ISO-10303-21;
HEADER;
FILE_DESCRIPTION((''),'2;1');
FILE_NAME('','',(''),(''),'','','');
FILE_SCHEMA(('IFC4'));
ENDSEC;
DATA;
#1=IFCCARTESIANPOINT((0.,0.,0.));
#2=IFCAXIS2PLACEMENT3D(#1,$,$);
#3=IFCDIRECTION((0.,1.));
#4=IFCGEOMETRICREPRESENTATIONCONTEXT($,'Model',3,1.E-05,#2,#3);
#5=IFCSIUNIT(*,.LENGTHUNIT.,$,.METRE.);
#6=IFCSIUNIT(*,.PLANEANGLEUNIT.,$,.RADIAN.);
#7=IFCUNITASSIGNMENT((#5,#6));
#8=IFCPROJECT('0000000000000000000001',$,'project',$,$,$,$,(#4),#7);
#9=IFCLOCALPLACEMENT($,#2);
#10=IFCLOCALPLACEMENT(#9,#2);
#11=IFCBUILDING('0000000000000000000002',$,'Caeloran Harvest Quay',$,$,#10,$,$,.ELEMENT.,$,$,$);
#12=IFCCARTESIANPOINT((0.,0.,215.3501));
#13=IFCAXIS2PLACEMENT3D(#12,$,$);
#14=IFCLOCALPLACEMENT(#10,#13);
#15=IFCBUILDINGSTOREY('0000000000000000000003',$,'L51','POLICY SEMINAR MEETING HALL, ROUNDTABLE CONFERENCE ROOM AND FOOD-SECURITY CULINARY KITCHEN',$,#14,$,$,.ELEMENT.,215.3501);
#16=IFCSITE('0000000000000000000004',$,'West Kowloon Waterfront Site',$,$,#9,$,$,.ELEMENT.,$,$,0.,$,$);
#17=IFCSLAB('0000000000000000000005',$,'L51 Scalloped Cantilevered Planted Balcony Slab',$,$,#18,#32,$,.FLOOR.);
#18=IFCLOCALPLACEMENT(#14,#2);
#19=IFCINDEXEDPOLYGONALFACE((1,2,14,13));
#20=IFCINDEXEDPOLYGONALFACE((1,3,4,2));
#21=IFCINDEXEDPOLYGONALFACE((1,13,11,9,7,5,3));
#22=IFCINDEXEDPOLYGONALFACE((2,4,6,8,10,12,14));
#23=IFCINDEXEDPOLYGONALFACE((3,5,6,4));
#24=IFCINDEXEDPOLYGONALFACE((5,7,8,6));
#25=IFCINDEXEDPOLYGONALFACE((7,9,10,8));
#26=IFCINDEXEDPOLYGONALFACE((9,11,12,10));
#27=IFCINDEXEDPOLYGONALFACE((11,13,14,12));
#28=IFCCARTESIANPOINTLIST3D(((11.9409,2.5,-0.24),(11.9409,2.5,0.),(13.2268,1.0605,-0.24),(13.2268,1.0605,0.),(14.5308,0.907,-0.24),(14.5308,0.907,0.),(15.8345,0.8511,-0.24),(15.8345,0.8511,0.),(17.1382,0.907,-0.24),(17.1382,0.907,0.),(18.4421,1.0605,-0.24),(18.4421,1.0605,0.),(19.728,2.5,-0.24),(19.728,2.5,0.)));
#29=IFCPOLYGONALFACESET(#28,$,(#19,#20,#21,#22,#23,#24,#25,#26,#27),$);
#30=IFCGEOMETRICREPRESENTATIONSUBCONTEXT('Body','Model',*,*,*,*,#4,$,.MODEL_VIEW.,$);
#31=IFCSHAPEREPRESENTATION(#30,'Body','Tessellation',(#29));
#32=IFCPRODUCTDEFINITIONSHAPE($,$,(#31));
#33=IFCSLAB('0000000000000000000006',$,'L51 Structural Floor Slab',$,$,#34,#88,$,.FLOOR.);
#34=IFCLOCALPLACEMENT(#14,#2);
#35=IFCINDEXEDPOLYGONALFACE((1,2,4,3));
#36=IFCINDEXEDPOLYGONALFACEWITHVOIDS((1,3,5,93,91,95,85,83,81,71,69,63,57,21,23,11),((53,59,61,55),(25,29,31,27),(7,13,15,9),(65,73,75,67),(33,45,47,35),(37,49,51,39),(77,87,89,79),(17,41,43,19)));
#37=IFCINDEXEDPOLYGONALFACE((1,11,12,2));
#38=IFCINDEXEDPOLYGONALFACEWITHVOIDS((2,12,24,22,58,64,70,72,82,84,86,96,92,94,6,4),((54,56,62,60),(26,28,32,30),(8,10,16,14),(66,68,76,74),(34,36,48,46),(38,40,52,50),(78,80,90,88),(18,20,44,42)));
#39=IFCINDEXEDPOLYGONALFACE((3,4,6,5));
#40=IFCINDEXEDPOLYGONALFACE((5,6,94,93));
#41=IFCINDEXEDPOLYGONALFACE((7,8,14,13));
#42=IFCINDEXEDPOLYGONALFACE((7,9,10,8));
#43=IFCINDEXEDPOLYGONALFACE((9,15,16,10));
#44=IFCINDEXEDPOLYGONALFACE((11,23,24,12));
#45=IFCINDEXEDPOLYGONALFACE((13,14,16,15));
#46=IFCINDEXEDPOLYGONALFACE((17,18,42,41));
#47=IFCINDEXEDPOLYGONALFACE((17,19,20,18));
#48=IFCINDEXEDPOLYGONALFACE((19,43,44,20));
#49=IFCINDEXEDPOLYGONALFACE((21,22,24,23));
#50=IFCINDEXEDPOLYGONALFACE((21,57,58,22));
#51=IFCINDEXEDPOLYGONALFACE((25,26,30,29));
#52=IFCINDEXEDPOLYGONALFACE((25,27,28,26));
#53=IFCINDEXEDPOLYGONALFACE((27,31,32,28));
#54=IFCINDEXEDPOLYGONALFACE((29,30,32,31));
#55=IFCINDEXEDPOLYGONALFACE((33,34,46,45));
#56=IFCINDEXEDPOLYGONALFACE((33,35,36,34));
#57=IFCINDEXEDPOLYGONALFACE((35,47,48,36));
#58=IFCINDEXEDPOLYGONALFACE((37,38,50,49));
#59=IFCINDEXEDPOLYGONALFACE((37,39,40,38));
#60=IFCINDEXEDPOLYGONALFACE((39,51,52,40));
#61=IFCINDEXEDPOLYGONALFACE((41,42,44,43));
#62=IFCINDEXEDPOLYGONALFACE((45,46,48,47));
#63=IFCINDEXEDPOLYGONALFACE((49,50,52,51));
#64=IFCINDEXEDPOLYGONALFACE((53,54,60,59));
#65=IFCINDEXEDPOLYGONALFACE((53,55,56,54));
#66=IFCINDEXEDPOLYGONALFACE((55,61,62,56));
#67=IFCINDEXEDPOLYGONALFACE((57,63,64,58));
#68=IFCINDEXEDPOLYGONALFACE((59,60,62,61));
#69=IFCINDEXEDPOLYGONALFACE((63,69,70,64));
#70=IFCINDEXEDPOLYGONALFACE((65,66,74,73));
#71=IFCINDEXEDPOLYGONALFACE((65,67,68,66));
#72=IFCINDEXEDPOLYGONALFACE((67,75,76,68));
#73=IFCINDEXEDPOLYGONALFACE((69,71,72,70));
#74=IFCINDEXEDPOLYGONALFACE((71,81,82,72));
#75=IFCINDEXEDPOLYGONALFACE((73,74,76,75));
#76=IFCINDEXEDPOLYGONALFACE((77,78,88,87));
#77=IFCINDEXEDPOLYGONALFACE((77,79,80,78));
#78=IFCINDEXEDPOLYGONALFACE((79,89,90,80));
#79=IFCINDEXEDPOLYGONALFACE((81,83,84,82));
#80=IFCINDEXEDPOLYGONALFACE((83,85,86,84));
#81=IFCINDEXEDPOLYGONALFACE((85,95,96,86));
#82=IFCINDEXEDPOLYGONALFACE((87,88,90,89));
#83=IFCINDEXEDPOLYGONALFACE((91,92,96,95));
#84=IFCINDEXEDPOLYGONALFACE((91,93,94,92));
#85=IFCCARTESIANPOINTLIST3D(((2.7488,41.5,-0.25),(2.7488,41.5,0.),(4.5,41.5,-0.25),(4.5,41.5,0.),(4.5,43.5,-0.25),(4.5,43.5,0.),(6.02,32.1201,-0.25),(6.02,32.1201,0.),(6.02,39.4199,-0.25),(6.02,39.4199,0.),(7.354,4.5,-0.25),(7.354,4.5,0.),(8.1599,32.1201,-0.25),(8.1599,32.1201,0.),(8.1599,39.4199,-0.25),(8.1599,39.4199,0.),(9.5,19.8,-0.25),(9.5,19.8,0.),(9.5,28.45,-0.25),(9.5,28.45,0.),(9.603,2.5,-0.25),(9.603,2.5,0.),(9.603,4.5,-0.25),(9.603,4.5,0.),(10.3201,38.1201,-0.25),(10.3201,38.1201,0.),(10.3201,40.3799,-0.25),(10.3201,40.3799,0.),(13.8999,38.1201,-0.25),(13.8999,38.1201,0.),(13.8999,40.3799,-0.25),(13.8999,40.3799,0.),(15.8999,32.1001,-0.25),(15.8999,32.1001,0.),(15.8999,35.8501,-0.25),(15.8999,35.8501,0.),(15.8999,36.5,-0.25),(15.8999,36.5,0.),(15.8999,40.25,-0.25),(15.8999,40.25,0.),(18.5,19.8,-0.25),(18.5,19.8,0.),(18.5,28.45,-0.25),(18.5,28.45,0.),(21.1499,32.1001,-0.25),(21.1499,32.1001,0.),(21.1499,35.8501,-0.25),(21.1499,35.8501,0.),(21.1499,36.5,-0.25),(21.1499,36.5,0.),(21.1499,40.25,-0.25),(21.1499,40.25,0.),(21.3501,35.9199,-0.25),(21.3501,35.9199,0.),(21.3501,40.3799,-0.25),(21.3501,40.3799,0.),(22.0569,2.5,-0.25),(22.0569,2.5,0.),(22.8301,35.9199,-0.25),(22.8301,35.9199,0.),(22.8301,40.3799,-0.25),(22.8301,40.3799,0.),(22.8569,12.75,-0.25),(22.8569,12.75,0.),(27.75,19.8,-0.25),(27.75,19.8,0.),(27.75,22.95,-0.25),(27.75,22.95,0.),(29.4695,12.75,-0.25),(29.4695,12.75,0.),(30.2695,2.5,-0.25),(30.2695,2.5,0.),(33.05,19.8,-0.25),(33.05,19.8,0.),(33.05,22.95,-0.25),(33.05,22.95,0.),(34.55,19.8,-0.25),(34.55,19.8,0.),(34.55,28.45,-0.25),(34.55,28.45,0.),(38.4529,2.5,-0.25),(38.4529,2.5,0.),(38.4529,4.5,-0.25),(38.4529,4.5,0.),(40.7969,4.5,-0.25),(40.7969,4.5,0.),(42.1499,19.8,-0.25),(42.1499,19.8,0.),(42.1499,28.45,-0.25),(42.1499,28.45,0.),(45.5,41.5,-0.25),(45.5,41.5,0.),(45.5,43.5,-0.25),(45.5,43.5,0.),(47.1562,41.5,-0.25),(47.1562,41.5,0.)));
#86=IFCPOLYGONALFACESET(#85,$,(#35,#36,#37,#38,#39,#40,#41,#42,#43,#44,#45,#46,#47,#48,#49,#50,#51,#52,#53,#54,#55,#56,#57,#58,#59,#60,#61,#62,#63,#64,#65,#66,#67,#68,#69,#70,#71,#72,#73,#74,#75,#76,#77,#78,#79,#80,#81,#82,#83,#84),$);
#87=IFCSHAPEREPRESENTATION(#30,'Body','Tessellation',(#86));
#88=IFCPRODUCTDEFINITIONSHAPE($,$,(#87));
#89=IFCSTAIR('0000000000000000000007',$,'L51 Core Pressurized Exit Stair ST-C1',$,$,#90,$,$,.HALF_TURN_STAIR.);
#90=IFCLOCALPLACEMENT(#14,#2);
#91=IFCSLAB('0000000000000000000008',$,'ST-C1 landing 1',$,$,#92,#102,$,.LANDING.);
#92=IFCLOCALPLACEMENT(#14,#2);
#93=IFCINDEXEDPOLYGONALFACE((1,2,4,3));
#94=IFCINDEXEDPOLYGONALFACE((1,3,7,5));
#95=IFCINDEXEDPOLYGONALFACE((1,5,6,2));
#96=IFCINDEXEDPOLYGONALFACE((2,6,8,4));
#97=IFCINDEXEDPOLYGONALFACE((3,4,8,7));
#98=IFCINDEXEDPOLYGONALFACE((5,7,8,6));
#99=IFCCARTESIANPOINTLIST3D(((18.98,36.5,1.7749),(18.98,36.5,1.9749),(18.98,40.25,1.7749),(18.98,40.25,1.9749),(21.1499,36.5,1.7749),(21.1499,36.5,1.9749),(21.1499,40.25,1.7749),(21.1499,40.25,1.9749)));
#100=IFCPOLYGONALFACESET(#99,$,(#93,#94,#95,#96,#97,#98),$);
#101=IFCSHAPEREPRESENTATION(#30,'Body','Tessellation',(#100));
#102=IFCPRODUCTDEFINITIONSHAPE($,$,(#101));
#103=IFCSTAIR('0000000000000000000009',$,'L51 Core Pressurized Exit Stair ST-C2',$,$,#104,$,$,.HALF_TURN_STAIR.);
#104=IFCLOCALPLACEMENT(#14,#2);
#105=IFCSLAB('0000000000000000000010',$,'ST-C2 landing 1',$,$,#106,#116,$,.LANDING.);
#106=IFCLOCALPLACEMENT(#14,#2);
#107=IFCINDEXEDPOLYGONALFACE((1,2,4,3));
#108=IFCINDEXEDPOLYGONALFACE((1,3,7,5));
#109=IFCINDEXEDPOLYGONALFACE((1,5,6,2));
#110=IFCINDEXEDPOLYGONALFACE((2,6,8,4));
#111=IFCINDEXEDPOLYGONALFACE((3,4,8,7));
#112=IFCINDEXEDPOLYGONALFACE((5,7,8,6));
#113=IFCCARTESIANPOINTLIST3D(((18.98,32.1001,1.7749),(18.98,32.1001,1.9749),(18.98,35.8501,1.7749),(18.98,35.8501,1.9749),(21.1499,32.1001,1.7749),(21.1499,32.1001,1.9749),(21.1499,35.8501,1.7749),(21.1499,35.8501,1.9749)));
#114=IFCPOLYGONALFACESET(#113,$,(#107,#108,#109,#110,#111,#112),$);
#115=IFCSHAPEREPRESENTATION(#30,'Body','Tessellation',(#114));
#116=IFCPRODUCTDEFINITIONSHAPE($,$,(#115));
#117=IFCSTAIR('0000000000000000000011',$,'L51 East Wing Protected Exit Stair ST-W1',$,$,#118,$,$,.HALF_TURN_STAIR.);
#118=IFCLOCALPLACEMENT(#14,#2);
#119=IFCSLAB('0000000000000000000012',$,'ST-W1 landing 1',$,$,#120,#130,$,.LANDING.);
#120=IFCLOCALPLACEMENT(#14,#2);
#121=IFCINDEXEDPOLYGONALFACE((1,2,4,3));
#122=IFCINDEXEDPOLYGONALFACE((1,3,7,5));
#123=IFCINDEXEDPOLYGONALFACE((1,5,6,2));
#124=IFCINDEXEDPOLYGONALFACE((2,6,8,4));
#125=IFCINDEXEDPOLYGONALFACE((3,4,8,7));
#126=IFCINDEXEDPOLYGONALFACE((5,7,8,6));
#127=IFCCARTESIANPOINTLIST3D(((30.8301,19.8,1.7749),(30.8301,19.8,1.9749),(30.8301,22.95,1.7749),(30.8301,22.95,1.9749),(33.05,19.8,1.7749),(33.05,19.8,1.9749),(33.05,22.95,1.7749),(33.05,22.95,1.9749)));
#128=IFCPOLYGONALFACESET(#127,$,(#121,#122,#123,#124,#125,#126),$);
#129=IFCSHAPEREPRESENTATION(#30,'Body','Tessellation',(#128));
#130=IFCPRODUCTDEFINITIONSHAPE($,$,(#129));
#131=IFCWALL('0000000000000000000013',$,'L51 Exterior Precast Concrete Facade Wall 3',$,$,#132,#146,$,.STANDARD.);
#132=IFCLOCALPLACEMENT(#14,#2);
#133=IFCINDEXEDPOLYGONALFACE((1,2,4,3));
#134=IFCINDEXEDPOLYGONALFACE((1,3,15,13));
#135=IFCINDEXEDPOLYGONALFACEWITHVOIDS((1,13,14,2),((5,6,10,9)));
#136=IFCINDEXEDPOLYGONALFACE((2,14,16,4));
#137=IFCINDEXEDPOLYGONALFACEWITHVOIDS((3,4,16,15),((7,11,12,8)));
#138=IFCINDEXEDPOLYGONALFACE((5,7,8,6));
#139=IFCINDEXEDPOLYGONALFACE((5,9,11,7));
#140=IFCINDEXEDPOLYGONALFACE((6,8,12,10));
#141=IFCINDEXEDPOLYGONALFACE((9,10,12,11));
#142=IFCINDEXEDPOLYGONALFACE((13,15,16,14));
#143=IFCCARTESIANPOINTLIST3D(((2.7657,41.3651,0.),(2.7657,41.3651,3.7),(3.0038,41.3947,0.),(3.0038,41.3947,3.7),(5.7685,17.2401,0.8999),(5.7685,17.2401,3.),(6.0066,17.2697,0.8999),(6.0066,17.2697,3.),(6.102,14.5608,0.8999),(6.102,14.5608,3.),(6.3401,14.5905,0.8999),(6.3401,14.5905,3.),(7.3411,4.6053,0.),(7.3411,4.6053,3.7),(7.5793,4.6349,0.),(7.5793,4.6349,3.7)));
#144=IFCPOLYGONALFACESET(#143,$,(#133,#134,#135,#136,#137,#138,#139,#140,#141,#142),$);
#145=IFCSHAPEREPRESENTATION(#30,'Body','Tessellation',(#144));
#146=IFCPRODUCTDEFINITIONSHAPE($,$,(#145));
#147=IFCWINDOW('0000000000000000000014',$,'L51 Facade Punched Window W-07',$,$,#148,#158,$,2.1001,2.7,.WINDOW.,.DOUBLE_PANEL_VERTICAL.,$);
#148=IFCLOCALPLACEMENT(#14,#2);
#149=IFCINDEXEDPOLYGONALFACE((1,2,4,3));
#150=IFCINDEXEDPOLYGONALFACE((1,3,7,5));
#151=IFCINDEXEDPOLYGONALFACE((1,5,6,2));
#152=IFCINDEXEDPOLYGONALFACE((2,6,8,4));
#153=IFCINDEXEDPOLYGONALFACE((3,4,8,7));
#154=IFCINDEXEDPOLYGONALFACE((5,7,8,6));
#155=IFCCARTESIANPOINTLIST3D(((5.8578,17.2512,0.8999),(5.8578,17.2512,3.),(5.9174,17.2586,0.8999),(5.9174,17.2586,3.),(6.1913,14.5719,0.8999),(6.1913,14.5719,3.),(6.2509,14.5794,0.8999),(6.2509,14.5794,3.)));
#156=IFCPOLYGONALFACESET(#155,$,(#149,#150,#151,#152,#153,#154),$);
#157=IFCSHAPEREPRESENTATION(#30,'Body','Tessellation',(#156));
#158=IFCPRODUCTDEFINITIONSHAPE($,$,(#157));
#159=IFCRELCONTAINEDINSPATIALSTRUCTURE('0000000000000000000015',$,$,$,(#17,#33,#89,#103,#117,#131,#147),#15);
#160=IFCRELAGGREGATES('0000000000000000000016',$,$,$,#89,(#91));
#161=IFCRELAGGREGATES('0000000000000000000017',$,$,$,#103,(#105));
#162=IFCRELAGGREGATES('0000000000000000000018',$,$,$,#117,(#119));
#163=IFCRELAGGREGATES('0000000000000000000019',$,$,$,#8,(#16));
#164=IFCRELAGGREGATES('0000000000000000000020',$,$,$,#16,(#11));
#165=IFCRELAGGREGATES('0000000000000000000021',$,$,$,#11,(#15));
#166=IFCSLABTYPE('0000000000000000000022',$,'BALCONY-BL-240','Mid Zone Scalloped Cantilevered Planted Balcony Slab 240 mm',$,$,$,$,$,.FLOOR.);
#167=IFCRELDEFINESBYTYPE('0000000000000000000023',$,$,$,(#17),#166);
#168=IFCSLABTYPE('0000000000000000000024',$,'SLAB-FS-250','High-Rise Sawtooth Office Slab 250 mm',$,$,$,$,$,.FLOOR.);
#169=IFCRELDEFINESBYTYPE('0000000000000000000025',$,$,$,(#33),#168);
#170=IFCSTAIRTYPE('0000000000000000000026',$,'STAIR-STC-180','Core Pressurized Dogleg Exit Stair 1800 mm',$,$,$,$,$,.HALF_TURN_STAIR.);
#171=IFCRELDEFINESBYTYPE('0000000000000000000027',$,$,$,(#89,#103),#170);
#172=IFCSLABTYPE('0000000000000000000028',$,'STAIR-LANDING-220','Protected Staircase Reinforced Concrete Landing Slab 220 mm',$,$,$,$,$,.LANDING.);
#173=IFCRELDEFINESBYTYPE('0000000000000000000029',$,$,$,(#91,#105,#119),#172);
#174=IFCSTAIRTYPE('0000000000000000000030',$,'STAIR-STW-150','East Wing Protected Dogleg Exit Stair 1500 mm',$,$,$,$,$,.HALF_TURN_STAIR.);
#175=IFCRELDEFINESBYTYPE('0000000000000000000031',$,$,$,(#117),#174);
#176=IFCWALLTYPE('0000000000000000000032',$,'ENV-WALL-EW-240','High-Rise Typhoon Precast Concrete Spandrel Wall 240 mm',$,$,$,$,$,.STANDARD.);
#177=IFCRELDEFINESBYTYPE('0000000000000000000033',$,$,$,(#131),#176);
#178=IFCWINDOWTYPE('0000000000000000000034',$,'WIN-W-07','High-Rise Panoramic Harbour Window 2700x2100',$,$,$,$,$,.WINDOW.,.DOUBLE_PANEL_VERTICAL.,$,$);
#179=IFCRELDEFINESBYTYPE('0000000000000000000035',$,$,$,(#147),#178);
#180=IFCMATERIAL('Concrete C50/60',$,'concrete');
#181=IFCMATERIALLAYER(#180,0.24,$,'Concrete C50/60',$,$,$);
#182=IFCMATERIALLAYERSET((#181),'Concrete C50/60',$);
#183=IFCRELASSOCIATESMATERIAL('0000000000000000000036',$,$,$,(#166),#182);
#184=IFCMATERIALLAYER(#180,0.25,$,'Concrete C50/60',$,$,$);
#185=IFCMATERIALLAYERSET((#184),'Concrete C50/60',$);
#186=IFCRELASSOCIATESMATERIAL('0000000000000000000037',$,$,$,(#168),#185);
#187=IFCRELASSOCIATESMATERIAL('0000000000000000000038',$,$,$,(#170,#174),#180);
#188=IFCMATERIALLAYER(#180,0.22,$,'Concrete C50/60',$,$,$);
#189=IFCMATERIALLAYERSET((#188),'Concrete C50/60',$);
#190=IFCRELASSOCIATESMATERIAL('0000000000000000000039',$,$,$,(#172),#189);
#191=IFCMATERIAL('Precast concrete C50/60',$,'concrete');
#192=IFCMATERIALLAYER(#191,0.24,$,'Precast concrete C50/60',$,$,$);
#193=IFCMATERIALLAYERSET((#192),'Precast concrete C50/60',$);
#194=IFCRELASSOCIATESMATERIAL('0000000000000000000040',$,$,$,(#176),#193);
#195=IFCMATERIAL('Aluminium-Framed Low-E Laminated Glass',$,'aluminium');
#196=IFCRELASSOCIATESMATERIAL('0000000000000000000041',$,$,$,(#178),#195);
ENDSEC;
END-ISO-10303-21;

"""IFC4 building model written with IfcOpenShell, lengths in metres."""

from ifc_helpers import new_model, si_unit, direction, frame, frame_2d, origin, place, context, subcontext, project, spatial, polyline, rectangle, outline, extrude, material, layer, layer_set, type_object, element, fill, aggregate, save


model = new_model("IFC4")

# Units and contexts
model_context = context("Model", 3, precision=1e-05, world=origin(), true_north=direction((0.0, 1.0)))
body_context = subcontext(model_context, "Body", "Model", "MODEL_VIEW")
ifc_project = project(units=[si_unit("LENGTHUNIT", "METRE"), si_unit("PLANEANGLEUNIT", "RADIAN")], contexts=[model_context])

# Site, building, storey
site_placement = place(None, origin())
site = spatial("IfcSite", under=ifc_project, at=site_placement, Name="West Kowloon Waterfront Site", CompositionType="ELEMENT", RefElevation=0.0)
building_placement = place(site_placement, origin())
building = spatial("IfcBuilding", under=site, at=building_placement, Name="Caeloran Harvest Quay", CompositionType="ELEMENT")
storey_placement = place(building_placement, frame((0.0, 0.0, 215.3501)))
storey = spatial("IfcBuildingStorey", under=building, at=storey_placement, Name="L51", Description="POLICY SEMINAR MEETING HALL, ROUNDTABLE CONFERENCE ROOM AND FOOD-SECURITY CULINARY KITCHEN", CompositionType="ELEMENT", Elevation=215.3501)

# Slabs
ifc_material_1 = material(Name="Concrete C50/60", Category="concrete")
ifc_layer_1 = layer(ifc_material_1, 0.24, Name="Concrete C50/60")
ifc_layer_set_1 = layer_set([ifc_layer_1], Name="Concrete C50/60")
slab_type_1 = type_object("IfcSlabType", Name="BALCONY-BL-240", Description="Mid Zone Scalloped Cantilevered Planted Balcony Slab 240 mm", PredefinedType="FLOOR", material=ifc_layer_set_1)
slab_1_placement = place(storey_placement, frame((0.0, 0.0, -0.24)))
element("IfcSlab", 1, at=slab_1_placement, inside=storey, type_object=slab_type_1, Name="L51 Scalloped Cantilevered Planted Balcony Slab", PredefinedType="FLOOR", context=body_context, shape_type="SweptSolid", body=[
    extrude(outline(polyline([(18.4421, 1.0605), (17.1382, 0.907), (15.8345, 0.8511), (14.5308, 0.907), (13.2268, 1.0605), (11.9409, 2.5), (19.728, 2.5), (18.4421, 1.0605)])), origin(), (0.0, 0.0, 1.0), 0.24),
])
ifc_layer_2 = layer(ifc_material_1, 0.25, Name="Concrete C50/60")
ifc_layer_set_2 = layer_set([ifc_layer_2], Name="Concrete C50/60")
slab_type_2 = type_object("IfcSlabType", Name="SLAB-FS-250", Description="High-Rise Sawtooth Office Slab 250 mm", PredefinedType="FLOOR", material=ifc_layer_set_2)
slab_2_placement = place(storey_placement, frame((0.0, 0.0, -0.25)))
element("IfcSlab", 2, at=slab_2_placement, inside=storey, type_object=slab_type_2, Name="L51 Structural Floor Slab", PredefinedType="FLOOR", context=body_context, shape_type="SweptSolid", body=[
    extrude(outline(polyline([(9.603, 2.5), (22.0569, 2.5), (22.8569, 12.75), (29.4695, 12.75), (30.2695, 2.5), (38.4529, 2.5), (38.4529, 4.5), (40.7969, 4.5), (47.1562, 41.5), (45.5, 41.5), (45.5, 43.5), (4.5, 43.5), (4.5, 41.5), (2.7488, 41.5), (7.354, 4.5), (9.603, 4.5), (9.603, 2.5)]), holes=[polyline([(27.75, 19.8), (27.75, 22.95), (33.05, 22.95), (33.05, 19.8), (27.75, 19.8)]), polyline([(18.5, 19.8), (9.5, 19.8), (9.5, 28.45), (18.5, 28.45), (18.5, 19.8)]), polyline([(42.1499, 19.8), (34.55, 19.8), (34.55, 28.45), (42.1499, 28.45), (42.1499, 19.8)]), polyline([(15.8999, 32.1001), (15.8999, 35.8501), (21.1499, 35.8501), (21.1499, 32.1001), (15.8999, 32.1001)]), polyline([(8.1599, 32.1201), (6.02, 32.1201), (6.02, 39.4199), (8.1599, 39.4199), (8.1599, 32.1201)]), polyline([(22.8301, 35.9199), (21.3501, 35.9199), (21.3501, 40.3799), (22.8301, 40.3799), (22.8301, 35.9199)]), polyline([(15.8999, 36.5), (15.8999, 40.25), (21.1499, 40.25), (21.1499, 36.5), (15.8999, 36.5)]), polyline([(13.8999, 38.1201), (10.3201, 38.1201), (10.3201, 40.3799), (13.8999, 40.3799), (13.8999, 38.1201)])]), origin(), (0.0, 0.0, 1.0), 0.25),
])

# Stairs, slabs
stair_type_1 = type_object("IfcStairType", Name="STAIR-STC-180", Description="Core Pressurized Dogleg Exit Stair 1800 mm", PredefinedType="HALF_TURN_STAIR", material=ifc_material_1)
stair_1_placement = place(storey_placement, origin())
stair_1 = element("IfcStair", 3, at=stair_1_placement, inside=storey, type_object=stair_type_1, Name="L51 Core Pressurized Exit Stair ST-C1", PredefinedType="HALF_TURN_STAIR")
ifc_layer_3 = layer(ifc_material_1, 0.22, Name="Concrete C50/60")
ifc_layer_set_3 = layer_set([ifc_layer_3], Name="Concrete C50/60")
slab_type_3 = type_object("IfcSlabType", Name="STAIR-LANDING-220", Description="Protected Staircase Reinforced Concrete Landing Slab 220 mm", PredefinedType="LANDING", material=ifc_layer_set_3)
slab_3_placement = place(storey_placement, frame((0.0, 0.0, 1.7749)))
slab_3 = element("IfcSlab", 4, at=slab_3_placement, type_object=slab_type_3, Name="ST-C1 landing 1", PredefinedType="LANDING", context=body_context, shape_type="SweptSolid", body=[
    extrude(outline(polyline([(18.98, 36.5), (21.1499, 36.5), (21.1499, 40.25), (18.98, 40.25), (18.98, 36.5)])), origin(), (0.0, 0.0, 1.0), 0.2),
])
aggregate(stair_1, [slab_3])
stair_2_placement = place(storey_placement, origin())
stair_2 = element("IfcStair", 5, at=stair_2_placement, inside=storey, type_object=stair_type_1, Name="L51 Core Pressurized Exit Stair ST-C2", PredefinedType="HALF_TURN_STAIR")
slab_4_placement = place(storey_placement, frame((0.0, 0.0, 1.7749)))
slab_4 = element("IfcSlab", 6, at=slab_4_placement, type_object=slab_type_3, Name="ST-C2 landing 1", PredefinedType="LANDING", context=body_context, shape_type="SweptSolid", body=[
    extrude(outline(polyline([(18.98, 32.1001), (21.1499, 32.1001), (21.1499, 35.8501), (18.98, 35.8501), (18.98, 32.1001)])), origin(), (0.0, 0.0, 1.0), 0.2),
])
aggregate(stair_2, [slab_4])
stair_type_2 = type_object("IfcStairType", Name="STAIR-STW-150", Description="East Wing Protected Dogleg Exit Stair 1500 mm", PredefinedType="HALF_TURN_STAIR", material=ifc_material_1)
stair_3_placement = place(storey_placement, origin())
stair_3 = element("IfcStair", 7, at=stair_3_placement, inside=storey, type_object=stair_type_2, Name="L51 East Wing Protected Exit Stair ST-W1", PredefinedType="HALF_TURN_STAIR")
slab_5_placement = place(storey_placement, frame((0.0, 0.0, 1.7749)))
slab_5 = element("IfcSlab", 8, at=slab_5_placement, type_object=slab_type_3, Name="ST-W1 landing 1", PredefinedType="LANDING", context=body_context, shape_type="SweptSolid", body=[
    extrude(outline(polyline([(30.8301, 19.8), (33.05, 19.8), (33.05, 22.95), (30.8301, 22.95), (30.8301, 19.8)])), origin(), (0.0, 0.0, 1.0), 0.2),
])
aggregate(stair_3, [slab_5])

# Wall, opening, window
ifc_material_2 = material(Name="Precast concrete C50/60", Category="concrete")
ifc_layer_4 = layer(ifc_material_2, 0.24, Name="Precast concrete C50/60")
ifc_layer_set_4 = layer_set([ifc_layer_4], Name="Precast concrete C50/60")
wall_type_1 = type_object("IfcWallType", Name="ENV-WALL-EW-240", Description="High-Rise Typhoon Precast Concrete Spandrel Wall 240 mm", PredefinedType="STANDARD", material=ifc_layer_set_4)
wall_1_placement = place(storey_placement, frame((7.4602, 4.6201, 0.0), z_axis=(0.0, 0.0, 1.0), x_axis=(-0.123516, 0.992343, 0.0)))
wall_1 = element("IfcWall", 9, at=wall_1_placement, inside=storey, type_object=wall_type_1, Name="L51 Exterior Precast Concrete Facade Wall 3", PredefinedType="STANDARD", context=body_context, shape_type="SweptSolid", body=[
    extrude(rectangle(XDim=37.0435, YDim=0.24, at=frame_2d((18.5217, 0.0))), origin(), (0.0, 0.0, 1.0), 3.7),
])
opening_1_placement = place(wall_1_placement, frame((10.0322, 0.0, 0.8999)))
opening_1 = element("IfcOpeningElement", 10, at=opening_1_placement, cuts=wall_1, PredefinedType="OPENING", context=body_context, shape_type="SweptSolid", body=[
    extrude(rectangle(XDim=2.7, YDim=2.1001, at=frame_2d((1.3501, 1.05))), frame((0.0, 0.1299, 0.0), z_axis=(0.0, -1.0, 0.0), x_axis=(1.0, 0.0, 0.0)), (0.0, 0.0, 1.0), 0.26),
])
ifc_material_3 = material(Name="Aluminium-Framed Low-E Laminated Glass", Category="aluminium")
window_type = type_object("IfcWindowType", Name="WIN-W-07", Description="High-Rise Panoramic Harbour Window 2700x2100", PartitioningType="DOUBLE_PANEL_VERTICAL", PredefinedType="WINDOW", material=ifc_material_3)
window_placement = place(opening_1_placement, origin())
window = element("IfcWindow", 11, at=window_placement, inside=storey, type_object=window_type, Name="L51 Facade Punched Window W-07", OverallHeight=2.1001, OverallWidth=2.7, PartitioningType="DOUBLE_PANEL_VERTICAL", PredefinedType="WINDOW", context=body_context, shape_type="SweptSolid", body=[
    extrude(rectangle(XDim=2.7, YDim=2.1001, at=frame_2d((1.3501, 1.05))), frame((0.0, 0.03, 0.0), z_axis=(0.0, -1.0, 0.0), x_axis=(1.0, 0.0, 0.0)), (0.0, 0.0, 1.0), 0.0601),
])
fill(opening_1, window)

save(model, "model.ifc")
